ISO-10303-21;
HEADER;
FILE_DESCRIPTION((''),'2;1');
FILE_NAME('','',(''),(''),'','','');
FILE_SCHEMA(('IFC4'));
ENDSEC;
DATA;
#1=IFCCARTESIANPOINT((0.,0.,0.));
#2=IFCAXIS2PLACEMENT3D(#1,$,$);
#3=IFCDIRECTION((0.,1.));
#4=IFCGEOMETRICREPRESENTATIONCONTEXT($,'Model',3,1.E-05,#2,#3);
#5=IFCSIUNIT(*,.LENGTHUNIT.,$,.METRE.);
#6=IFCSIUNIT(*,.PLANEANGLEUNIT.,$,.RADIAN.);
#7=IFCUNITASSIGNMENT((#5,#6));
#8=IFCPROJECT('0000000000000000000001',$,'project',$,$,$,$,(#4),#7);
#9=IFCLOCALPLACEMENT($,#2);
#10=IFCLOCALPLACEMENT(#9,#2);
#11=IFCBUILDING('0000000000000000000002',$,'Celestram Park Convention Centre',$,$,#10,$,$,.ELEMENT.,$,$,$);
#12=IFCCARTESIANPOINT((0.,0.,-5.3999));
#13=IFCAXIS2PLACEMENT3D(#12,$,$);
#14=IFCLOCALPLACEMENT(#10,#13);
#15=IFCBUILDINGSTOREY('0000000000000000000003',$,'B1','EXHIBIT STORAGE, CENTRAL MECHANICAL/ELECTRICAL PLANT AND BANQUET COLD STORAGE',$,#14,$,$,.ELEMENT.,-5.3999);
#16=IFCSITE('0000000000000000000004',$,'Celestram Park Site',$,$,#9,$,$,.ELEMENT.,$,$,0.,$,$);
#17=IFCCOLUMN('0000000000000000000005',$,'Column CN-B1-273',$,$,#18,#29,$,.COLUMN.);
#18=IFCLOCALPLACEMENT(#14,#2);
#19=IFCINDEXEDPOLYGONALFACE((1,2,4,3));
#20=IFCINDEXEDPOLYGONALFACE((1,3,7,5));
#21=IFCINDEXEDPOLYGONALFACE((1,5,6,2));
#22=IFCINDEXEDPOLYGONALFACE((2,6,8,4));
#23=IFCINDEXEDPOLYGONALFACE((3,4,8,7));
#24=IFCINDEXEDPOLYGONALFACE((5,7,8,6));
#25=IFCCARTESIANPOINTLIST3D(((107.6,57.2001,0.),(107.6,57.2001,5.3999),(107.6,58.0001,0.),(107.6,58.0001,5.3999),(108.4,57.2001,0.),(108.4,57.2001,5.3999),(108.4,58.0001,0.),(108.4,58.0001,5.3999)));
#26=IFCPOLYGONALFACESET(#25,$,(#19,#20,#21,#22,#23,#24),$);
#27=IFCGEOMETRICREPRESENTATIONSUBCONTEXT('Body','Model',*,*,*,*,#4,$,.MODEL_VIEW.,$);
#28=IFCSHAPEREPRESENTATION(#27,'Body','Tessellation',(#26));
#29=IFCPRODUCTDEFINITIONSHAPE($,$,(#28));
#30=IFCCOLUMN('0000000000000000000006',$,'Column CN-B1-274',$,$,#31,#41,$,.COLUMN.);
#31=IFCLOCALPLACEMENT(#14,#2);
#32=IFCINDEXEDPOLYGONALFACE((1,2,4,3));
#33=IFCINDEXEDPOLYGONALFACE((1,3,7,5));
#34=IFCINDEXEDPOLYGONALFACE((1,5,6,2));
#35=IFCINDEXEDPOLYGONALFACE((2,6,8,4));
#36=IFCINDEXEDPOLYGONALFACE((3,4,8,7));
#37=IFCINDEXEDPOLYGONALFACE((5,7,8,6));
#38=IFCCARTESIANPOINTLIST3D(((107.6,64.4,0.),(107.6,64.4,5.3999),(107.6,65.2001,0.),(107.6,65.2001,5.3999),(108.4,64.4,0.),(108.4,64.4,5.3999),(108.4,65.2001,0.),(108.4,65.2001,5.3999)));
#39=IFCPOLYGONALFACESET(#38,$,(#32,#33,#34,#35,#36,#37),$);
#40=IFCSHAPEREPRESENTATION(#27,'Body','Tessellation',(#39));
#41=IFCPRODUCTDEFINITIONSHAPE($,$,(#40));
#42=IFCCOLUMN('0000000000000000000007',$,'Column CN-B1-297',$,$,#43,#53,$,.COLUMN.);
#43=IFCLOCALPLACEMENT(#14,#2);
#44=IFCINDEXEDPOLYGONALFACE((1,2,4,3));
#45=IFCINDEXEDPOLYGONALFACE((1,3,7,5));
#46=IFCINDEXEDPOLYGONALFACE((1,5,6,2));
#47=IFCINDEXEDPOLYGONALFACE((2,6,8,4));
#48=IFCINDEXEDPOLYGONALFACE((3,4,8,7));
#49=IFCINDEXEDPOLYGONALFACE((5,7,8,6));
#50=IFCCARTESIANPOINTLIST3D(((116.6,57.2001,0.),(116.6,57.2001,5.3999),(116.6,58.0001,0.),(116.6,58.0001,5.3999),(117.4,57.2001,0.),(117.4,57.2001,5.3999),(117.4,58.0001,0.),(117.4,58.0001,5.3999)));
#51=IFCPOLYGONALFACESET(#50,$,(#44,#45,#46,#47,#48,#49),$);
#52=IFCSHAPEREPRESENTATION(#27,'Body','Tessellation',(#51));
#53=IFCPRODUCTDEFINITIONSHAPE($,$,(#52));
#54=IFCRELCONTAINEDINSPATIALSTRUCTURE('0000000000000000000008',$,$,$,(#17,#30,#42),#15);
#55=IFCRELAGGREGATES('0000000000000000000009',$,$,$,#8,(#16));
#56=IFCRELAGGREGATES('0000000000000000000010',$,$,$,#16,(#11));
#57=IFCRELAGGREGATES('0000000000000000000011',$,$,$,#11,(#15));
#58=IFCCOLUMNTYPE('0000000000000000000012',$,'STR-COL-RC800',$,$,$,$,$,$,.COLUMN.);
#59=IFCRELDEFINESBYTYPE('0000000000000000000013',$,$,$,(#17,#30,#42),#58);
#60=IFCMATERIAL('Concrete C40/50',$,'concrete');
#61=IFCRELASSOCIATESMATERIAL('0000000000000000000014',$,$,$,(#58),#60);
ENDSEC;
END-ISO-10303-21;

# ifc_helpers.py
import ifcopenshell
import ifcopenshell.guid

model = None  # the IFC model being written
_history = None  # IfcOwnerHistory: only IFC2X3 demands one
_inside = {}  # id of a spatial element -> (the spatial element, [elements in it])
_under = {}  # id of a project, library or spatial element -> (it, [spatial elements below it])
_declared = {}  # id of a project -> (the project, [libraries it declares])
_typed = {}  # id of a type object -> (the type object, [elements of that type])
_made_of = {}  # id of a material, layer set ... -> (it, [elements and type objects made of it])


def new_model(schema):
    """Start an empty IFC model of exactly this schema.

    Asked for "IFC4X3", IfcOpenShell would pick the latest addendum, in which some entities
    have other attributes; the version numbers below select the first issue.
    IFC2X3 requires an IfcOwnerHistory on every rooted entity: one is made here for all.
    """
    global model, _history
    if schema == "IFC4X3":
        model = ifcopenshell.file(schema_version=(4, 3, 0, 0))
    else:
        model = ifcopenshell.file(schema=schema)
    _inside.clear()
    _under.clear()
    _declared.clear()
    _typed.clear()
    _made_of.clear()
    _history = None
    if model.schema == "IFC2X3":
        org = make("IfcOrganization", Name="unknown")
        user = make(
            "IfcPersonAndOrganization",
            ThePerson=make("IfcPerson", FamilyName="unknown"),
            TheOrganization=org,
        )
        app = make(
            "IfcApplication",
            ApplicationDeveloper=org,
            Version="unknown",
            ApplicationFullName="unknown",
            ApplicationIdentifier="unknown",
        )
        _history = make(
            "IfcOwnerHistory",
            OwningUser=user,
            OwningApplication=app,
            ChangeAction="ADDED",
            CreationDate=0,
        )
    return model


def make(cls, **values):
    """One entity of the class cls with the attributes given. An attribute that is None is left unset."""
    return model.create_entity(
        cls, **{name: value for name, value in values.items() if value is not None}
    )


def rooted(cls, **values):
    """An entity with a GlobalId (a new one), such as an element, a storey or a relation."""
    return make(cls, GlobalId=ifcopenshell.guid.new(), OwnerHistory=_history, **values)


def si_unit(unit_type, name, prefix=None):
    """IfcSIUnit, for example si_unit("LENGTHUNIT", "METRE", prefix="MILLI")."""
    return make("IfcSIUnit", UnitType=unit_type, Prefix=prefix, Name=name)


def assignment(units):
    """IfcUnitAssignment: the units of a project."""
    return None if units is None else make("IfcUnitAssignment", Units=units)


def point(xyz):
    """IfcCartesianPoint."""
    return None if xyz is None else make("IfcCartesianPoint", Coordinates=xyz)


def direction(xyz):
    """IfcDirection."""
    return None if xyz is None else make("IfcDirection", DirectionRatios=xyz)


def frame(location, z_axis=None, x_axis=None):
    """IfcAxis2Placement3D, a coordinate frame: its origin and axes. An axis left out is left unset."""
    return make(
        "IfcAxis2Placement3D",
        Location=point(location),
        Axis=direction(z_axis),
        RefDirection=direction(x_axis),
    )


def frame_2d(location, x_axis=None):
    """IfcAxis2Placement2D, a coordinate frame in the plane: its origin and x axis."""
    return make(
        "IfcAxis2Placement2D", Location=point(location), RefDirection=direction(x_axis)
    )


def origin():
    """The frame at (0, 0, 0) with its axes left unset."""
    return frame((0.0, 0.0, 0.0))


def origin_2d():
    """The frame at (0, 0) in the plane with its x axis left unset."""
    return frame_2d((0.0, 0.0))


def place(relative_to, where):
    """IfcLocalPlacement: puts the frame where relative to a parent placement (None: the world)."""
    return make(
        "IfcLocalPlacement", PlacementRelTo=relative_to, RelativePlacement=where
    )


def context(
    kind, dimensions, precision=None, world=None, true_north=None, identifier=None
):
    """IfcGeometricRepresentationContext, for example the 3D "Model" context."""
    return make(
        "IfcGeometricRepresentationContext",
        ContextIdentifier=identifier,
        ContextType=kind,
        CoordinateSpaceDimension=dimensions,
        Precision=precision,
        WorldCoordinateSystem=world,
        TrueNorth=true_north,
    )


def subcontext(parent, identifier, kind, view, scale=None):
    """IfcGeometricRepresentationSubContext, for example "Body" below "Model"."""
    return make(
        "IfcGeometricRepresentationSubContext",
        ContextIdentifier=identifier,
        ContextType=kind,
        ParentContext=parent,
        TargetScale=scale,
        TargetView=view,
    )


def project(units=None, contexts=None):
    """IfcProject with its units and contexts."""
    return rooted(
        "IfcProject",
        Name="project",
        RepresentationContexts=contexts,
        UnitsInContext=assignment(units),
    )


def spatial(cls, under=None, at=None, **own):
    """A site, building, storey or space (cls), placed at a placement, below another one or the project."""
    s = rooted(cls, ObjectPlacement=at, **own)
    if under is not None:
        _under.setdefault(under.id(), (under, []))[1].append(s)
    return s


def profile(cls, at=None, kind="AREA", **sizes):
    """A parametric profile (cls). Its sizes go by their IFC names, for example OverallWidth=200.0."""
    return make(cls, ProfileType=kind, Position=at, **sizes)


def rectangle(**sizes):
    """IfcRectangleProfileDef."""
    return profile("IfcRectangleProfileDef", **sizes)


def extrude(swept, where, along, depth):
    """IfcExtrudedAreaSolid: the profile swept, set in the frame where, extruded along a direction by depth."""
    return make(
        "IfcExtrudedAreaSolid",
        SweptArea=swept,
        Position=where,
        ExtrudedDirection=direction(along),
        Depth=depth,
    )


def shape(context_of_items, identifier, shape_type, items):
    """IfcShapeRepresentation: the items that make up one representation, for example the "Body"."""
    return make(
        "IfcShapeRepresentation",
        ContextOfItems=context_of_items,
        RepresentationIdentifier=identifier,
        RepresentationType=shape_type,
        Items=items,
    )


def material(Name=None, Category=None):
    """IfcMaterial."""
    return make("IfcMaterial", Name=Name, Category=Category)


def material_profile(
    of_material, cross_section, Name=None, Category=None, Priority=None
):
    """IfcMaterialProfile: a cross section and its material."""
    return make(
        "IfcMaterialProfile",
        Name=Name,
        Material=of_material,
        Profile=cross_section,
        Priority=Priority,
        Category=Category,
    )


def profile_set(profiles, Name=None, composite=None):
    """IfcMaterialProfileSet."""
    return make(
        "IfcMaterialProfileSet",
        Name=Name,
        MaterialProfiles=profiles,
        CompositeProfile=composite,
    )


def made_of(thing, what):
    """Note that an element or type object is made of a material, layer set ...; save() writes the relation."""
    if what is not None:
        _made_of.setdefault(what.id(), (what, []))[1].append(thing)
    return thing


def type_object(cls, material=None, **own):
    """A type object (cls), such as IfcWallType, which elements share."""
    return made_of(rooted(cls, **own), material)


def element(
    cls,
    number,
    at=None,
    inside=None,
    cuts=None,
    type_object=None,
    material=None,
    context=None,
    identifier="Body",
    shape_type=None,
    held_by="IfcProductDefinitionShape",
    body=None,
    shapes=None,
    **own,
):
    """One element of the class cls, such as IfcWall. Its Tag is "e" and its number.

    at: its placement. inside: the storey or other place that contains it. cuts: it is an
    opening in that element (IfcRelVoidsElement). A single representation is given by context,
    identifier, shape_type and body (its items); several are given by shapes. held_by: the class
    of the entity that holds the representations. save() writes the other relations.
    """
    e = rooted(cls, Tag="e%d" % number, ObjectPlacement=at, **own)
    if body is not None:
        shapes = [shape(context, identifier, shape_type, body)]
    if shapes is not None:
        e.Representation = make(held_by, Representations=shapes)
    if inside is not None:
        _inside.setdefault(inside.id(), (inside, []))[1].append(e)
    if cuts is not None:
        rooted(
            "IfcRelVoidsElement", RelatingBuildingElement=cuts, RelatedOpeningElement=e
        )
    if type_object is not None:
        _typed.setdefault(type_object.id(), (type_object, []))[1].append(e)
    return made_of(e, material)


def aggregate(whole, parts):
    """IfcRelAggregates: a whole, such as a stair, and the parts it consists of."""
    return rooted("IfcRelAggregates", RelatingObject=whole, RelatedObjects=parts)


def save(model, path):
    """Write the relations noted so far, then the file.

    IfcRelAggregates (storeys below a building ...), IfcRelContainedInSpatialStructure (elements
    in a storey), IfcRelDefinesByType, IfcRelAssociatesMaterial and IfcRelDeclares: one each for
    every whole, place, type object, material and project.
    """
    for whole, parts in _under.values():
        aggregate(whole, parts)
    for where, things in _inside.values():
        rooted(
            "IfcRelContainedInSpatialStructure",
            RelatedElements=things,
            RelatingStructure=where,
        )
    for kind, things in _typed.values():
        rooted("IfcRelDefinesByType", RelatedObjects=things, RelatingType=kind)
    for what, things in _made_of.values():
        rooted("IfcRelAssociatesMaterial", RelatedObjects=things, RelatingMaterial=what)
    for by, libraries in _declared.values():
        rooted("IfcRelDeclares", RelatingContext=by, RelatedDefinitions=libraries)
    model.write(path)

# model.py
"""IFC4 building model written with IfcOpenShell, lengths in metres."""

from ifc_helpers import new_model, si_unit, direction, frame, origin, origin_2d, place, context, subcontext, project, spatial, rectangle, extrude, material, material_profile, profile_set, type_object, element, save


model = new_model("IFC4")

# Units and contexts
model_context = context("Model", 3, precision=1e-05, world=origin(), true_north=direction((0.0, 1.0)))
body_context = subcontext(model_context, "Body", "Model", "MODEL_VIEW")
ifc_project = project(units=[si_unit("LENGTHUNIT", "METRE"), si_unit("PLANEANGLEUNIT", "RADIAN")], contexts=[model_context])

# Site, building, storey
site_placement = place(None, origin())
site = spatial("IfcSite", under=ifc_project, at=site_placement, Name="Celestram Park Site", CompositionType="ELEMENT", RefElevation=0.0)
building_placement = place(site_placement, origin())
building = spatial("IfcBuilding", under=site, at=building_placement, Name="Celestram Park Convention Centre", CompositionType="ELEMENT")
storey_placement = place(building_placement, frame((0.0, 0.0, -5.3999)))
storey = spatial("IfcBuildingStorey", under=building, at=storey_placement, Name="B1", Description="EXHIBIT STORAGE, CENTRAL MECHANICAL/ELECTRICAL PLANT AND BANQUET COLD STORAGE", CompositionType="ELEMENT", Elevation=-5.3999)

# Shared definitions
ifc_material_1 = material(Name="Concrete C40/50", Category="concrete")

# Columns
ifc_material_profile_1 = material_profile(ifc_material_1, rectangle(XDim=0.8, YDim=0.8, at=origin_2d()), Name="RC800X800")
ifc_profile_set_1 = profile_set([ifc_material_profile_1], Name="Concrete C40/50")
column_type = type_object("IfcColumnType", Name="STR-COL-RC800", PredefinedType="COLUMN", material=ifc_profile_set_1)
for number, where, z_axis, x_axis, name in (
    (1, (108.0, 57.6001, 0.0), (0.0, 0.0, 1.0), (1.0, 0.0, 0.0), "Column CN-B1-273"),
    (2, (108.0, 64.8, 0.0), (0.0, 0.0, 1.0), (1.0, 0.0, 0.0), "Column CN-B1-274"),
    (3, (117.0, 57.6001, 0.0), (0.0, 0.0, 1.0), (1.0, 0.0, 0.0), "Column CN-B1-297"),
):
    element("IfcColumn", number, at=place(storey_placement, frame(where, z_axis=z_axis, x_axis=x_axis)), inside=storey, type_object=column_type, Name=name, PredefinedType="COLUMN", context=body_context, shape_type="SweptSolid", body=[
        extrude(rectangle(XDim=0.8, YDim=0.8, at=origin_2d()), origin(), (0.0, 0.0, 1.0), 5.3999),
    ])

save(model, "model.ifc")
